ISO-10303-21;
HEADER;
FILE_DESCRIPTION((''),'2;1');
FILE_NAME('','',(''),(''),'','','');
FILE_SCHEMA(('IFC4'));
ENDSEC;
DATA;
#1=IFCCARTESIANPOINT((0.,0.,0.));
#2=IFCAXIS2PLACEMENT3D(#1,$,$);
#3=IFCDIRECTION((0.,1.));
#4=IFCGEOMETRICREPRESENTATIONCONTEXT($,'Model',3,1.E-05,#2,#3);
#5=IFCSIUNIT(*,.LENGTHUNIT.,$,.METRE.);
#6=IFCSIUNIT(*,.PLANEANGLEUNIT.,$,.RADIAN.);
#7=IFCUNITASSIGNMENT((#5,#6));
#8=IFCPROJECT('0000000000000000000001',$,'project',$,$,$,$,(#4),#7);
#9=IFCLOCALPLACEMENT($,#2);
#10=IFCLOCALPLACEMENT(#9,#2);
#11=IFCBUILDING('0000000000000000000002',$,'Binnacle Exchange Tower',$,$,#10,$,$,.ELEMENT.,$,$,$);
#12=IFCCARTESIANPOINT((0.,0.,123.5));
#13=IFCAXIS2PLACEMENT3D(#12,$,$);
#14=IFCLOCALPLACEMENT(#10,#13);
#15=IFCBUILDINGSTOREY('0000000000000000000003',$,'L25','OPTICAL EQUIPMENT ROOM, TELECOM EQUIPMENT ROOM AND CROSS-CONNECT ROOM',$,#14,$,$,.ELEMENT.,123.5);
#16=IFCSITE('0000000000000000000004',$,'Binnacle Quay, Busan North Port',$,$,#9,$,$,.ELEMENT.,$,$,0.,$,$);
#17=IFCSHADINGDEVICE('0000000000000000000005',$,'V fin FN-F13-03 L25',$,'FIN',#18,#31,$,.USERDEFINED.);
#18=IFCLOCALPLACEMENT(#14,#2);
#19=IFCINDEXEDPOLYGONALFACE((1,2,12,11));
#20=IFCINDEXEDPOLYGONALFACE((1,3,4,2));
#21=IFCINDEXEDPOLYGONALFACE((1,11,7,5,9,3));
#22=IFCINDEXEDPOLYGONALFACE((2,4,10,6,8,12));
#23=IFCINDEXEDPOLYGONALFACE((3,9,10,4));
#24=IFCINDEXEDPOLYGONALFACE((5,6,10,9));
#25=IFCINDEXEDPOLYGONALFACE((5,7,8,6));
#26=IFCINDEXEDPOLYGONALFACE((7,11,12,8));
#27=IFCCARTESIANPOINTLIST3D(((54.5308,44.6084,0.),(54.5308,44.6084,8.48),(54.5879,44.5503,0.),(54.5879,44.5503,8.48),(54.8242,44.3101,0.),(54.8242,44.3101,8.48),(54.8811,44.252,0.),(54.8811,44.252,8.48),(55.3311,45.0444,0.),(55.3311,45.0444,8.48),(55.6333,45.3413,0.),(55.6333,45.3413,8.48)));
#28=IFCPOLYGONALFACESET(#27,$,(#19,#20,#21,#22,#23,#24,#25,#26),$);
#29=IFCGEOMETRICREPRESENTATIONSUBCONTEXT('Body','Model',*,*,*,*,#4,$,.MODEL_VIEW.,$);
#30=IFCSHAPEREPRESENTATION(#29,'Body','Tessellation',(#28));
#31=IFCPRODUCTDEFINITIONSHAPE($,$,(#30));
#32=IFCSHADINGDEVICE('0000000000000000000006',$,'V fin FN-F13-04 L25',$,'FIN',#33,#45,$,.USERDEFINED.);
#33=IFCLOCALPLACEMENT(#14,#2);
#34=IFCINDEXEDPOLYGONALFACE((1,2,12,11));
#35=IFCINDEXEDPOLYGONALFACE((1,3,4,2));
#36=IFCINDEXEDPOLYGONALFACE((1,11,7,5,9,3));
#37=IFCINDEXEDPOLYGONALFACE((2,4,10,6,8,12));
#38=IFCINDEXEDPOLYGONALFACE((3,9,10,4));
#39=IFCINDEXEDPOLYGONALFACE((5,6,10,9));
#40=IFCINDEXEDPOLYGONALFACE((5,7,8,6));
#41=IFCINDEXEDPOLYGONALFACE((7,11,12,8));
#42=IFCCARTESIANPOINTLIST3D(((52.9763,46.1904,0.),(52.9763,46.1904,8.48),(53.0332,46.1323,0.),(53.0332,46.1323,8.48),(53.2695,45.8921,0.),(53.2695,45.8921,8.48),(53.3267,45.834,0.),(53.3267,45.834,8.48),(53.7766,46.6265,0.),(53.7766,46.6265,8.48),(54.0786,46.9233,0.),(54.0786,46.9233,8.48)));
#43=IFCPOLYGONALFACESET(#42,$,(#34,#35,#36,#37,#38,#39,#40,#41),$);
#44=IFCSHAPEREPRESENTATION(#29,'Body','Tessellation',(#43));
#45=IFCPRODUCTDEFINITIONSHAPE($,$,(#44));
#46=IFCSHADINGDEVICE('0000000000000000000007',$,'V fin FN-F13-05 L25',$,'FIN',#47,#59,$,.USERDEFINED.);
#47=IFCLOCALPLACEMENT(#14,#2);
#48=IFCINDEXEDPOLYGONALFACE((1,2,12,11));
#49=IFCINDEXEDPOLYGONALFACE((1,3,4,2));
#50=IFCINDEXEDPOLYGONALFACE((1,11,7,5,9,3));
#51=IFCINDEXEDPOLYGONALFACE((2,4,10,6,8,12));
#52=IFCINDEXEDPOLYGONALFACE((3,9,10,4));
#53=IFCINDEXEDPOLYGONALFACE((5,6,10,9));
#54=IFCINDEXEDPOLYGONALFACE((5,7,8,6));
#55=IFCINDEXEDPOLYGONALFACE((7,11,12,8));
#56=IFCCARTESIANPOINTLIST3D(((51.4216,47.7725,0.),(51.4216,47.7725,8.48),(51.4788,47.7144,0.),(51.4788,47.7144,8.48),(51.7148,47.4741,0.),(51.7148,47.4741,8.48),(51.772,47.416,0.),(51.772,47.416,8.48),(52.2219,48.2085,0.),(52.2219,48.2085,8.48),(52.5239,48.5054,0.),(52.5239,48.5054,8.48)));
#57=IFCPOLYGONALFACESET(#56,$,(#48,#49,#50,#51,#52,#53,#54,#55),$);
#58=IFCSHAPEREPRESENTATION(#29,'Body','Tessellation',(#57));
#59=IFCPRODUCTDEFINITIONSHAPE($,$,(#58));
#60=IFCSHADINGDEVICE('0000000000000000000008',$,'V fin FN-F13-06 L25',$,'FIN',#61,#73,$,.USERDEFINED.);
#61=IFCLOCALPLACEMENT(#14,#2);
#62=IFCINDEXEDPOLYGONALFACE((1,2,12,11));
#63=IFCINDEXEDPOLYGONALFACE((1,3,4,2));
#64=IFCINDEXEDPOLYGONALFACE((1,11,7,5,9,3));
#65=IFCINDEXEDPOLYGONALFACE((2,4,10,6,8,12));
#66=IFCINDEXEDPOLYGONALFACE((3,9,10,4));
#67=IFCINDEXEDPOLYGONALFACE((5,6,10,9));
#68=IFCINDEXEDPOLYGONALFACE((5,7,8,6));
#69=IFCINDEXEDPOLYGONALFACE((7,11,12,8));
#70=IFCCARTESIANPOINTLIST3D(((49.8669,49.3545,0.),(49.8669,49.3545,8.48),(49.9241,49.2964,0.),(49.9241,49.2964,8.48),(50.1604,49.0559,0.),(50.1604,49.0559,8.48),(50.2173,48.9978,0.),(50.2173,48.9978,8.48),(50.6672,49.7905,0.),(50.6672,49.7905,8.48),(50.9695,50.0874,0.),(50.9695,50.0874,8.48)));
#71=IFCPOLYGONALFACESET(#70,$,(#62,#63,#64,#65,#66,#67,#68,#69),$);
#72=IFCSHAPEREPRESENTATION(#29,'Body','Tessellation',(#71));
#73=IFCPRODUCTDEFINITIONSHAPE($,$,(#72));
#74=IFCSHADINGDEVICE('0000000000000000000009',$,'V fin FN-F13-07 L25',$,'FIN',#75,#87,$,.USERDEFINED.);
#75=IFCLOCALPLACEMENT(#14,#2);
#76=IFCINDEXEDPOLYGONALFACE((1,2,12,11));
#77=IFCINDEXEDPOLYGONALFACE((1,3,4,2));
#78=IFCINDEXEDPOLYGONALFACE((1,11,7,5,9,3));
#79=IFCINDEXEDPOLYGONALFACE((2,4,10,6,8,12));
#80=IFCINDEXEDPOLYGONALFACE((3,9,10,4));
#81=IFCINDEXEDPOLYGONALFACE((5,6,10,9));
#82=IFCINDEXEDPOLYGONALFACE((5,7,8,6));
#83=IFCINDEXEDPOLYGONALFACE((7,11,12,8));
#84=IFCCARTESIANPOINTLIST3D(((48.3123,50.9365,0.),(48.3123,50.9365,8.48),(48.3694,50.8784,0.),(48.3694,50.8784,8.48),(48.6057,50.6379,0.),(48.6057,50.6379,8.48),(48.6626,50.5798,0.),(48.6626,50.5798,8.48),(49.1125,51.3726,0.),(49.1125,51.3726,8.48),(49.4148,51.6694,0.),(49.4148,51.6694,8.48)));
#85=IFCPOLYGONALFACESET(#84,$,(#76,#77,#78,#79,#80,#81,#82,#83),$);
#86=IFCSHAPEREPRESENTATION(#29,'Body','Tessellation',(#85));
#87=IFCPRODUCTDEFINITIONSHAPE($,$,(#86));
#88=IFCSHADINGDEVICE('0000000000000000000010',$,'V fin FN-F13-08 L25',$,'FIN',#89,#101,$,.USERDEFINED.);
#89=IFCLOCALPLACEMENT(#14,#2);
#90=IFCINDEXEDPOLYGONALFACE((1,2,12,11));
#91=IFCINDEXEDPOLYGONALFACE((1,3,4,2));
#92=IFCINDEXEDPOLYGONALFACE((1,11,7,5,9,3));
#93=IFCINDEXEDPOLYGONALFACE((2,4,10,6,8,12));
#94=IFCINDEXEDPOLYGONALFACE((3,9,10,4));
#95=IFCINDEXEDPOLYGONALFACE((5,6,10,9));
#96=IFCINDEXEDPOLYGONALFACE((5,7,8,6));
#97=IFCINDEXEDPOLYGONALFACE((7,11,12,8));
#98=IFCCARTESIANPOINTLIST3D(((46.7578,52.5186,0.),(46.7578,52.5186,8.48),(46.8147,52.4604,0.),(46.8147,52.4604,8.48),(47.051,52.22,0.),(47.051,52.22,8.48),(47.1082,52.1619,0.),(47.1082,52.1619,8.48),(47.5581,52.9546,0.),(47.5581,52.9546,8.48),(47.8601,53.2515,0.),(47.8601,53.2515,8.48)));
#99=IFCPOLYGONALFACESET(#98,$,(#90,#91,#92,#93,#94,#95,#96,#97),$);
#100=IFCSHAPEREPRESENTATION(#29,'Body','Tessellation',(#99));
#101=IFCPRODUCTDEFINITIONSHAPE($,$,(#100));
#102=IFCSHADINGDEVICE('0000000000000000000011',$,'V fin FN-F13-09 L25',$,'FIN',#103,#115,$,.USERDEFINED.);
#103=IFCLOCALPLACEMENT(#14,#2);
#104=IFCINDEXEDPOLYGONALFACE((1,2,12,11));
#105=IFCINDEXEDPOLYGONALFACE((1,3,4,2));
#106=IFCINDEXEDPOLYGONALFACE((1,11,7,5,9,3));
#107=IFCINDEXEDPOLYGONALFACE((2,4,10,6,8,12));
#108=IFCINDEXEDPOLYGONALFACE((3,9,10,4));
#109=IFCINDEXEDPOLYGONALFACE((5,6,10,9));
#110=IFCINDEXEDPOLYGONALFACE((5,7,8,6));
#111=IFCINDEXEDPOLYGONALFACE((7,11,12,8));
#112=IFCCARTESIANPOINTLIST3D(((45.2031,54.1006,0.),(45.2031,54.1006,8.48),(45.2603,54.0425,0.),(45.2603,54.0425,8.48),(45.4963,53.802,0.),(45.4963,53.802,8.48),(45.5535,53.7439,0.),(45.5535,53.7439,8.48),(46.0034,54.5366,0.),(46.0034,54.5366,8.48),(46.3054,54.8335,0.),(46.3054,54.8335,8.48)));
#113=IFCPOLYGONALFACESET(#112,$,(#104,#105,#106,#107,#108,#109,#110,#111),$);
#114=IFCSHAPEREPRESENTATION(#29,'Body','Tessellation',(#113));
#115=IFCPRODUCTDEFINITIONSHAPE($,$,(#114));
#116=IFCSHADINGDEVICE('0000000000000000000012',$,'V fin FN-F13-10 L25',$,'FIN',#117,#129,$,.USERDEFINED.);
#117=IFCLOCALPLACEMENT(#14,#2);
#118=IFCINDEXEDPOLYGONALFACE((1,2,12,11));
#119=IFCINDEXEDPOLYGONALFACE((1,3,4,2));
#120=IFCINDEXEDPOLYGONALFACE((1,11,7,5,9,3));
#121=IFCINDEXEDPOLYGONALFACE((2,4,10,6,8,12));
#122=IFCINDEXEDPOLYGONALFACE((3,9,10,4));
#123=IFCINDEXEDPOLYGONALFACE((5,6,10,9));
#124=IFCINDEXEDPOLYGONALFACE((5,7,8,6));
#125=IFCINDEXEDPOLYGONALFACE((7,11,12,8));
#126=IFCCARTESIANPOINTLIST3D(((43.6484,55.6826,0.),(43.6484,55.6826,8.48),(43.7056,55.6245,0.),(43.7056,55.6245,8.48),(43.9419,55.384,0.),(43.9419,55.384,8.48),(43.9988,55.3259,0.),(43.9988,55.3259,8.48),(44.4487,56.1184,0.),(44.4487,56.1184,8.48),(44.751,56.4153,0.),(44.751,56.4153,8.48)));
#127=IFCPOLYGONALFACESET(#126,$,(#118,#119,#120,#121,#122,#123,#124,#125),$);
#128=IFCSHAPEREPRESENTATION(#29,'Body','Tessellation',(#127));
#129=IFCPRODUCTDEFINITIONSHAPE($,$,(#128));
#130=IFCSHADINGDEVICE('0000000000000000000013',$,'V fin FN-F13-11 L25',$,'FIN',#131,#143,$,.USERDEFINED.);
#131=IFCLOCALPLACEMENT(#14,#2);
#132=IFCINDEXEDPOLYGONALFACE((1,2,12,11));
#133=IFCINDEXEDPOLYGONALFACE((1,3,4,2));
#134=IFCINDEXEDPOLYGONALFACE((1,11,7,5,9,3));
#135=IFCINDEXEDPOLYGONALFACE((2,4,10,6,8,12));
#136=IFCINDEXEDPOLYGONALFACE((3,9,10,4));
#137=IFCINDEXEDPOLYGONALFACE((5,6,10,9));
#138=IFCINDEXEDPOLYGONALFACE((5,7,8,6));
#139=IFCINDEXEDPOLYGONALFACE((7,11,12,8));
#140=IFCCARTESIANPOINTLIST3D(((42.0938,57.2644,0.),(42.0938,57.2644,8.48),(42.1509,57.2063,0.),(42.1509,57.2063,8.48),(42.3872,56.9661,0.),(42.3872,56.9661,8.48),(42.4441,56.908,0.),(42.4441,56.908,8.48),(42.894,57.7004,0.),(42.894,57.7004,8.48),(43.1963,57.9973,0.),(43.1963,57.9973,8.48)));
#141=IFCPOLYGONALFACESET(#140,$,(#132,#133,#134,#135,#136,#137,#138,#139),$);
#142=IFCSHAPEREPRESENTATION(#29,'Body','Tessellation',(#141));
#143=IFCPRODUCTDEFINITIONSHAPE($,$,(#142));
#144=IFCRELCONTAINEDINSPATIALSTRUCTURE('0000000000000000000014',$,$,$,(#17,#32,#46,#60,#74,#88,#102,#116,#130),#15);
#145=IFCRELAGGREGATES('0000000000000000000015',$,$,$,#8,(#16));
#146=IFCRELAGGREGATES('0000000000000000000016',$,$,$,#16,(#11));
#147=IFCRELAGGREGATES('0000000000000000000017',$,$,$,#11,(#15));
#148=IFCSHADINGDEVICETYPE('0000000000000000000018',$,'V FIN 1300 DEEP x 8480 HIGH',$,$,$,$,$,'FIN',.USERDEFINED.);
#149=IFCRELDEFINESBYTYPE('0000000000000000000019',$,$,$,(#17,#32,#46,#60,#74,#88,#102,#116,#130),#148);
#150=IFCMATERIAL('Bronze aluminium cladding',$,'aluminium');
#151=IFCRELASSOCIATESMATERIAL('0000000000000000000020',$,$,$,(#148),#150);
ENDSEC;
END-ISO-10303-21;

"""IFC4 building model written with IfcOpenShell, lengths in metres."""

from ifc_helpers import new_model, si_unit, direction, frame, origin, place, context, subcontext, project, spatial, polyline, outline, extrude, material, type_object, element, save


model = new_model("IFC4")

# Units and contexts
model_context = context("Model", 3, precision=1e-05, world=origin(), true_north=direction((0.0, 1.0)))
body_context = subcontext(model_context, "Body", "Model", "MODEL_VIEW")
ifc_project = project(units=[si_unit("LENGTHUNIT", "METRE"), si_unit("PLANEANGLEUNIT", "RADIAN")], contexts=[model_context])

# Site, building, storey
site_placement = place(None, origin())
site = spatial("IfcSite", under=ifc_project, at=site_placement, Name="Binnacle Quay, Busan North Port", CompositionType="ELEMENT", RefElevation=0.0)
building_placement = place(site_placement, origin())
building = spatial("IfcBuilding", under=site, at=building_placement, Name="Binnacle Exchange Tower", CompositionType="ELEMENT")
storey_placement = place(building_placement, frame((0.0, 0.0, 123.5)))
storey = spatial("IfcBuildingStorey", under=building, at=storey_placement, Name="L25", Description="OPTICAL EQUIPMENT ROOM, TELECOM EQUIPMENT ROOM AND CROSS-CONNECT ROOM", CompositionType="ELEMENT", Elevation=123.5)

# Shading devices
ifc_material_1 = material(Name="Bronze aluminium cladding", Category="aluminium")
shading_device_type = type_object("IfcShadingDeviceType", Name="V FIN 1300 DEEP x 8480 HIGH", ElementType="FIN", PredefinedType="USERDEFINED", material=ifc_material_1)
shading_device_1_placement = place(storey_placement, origin())
element("IfcShadingDevice", 1, at=shading_device_1_placement, inside=storey, type_object=shading_device_type, Name="V fin FN-F13-03 L25", ObjectType="FIN", PredefinedType="USERDEFINED", context=body_context, shape_type="SweptSolid", body=[
    extrude(outline(polyline([(54.8811, 44.252), (55.6333, 45.3413), (54.5308, 44.6084), (54.5879, 44.5503), (55.3311, 45.0444), (54.8242, 44.3101), (54.8811, 44.252)])), origin(), (0.0, 0.0, 1.0), 8.48),
])
shading_device_2_placement = place(storey_placement, origin())
element("IfcShadingDevice", 2, at=shading_device_2_placement, inside=storey, type_object=shading_device_type, Name="V fin FN-F13-04 L25", ObjectType="FIN", PredefinedType="USERDEFINED", context=body_context, shape_type="SweptSolid", body=[
    extrude(outline(polyline([(53.3267, 45.834), (54.0786, 46.9233), (52.9763, 46.1904), (53.0332, 46.1323), (53.7766, 46.6265), (53.2695, 45.8921), (53.3267, 45.834)])), origin(), (0.0, 0.0, 1.0), 8.48),
])
shading_device_3_placement = place(storey_placement, origin())
element("IfcShadingDevice", 3, at=shading_device_3_placement, inside=storey, type_object=shading_device_type, Name="V fin FN-F13-05 L25", ObjectType="FIN", PredefinedType="USERDEFINED", context=body_context, shape_type="SweptSolid", body=[
    extrude(outline(polyline([(51.772, 47.416), (52.5239, 48.5054), (51.4216, 47.7725), (51.4788, 47.7144), (52.2219, 48.2085), (51.7148, 47.4741), (51.772, 47.416)])), origin(), (0.0, 0.0, 1.0), 8.48),
])
shading_device_4_placement = place(storey_placement, origin())
element("IfcShadingDevice", 4, at=shading_device_4_placement, inside=storey, type_object=shading_device_type, Name="V fin FN-F13-06 L25", ObjectType="FIN", PredefinedType="USERDEFINED", context=body_context, shape_type="SweptSolid", body=[
    extrude(outline(polyline([(50.2173, 48.9978), (50.9695, 50.0874), (49.8669, 49.3545), (49.9241, 49.2964), (50.6672, 49.7905), (50.1604, 49.0559), (50.2173, 48.9978)])), origin(), (0.0, 0.0, 1.0), 8.48),
])
shading_device_5_placement = place(storey_placement, origin())
element("IfcShadingDevice", 5, at=shading_device_5_placement, inside=storey, type_object=shading_device_type, Name="V fin FN-F13-07 L25", ObjectType="FIN", PredefinedType="USERDEFINED", context=body_context, shape_type="SweptSolid", body=[
    extrude(outline(polyline([(48.6626, 50.5798), (49.4148, 51.6694), (48.3123, 50.9365), (48.3694, 50.8784), (49.1125, 51.3726), (48.6057, 50.6379), (48.6626, 50.5798)])), origin(), (0.0, 0.0, 1.0), 8.48),
])
shading_device_6_placement = place(storey_placement, origin())
element("IfcShadingDevice", 6, at=shading_device_6_placement, inside=storey, type_object=shading_device_type, Name="V fin FN-F13-08 L25", ObjectType="FIN", PredefinedType="USERDEFINED", context=body_context, shape_type="SweptSolid", body=[
    extrude(outline(polyline([(47.1082, 52.1619), (47.8601, 53.2515), (46.7578, 52.5186), (46.8147, 52.4604), (47.5581, 52.9546), (47.051, 52.22), (47.1082, 52.1619)])), origin(), (0.0, 0.0, 1.0), 8.48),
])
shading_device_7_placement = place(storey_placement, origin())
element("IfcShadingDevice", 7, at=shading_device_7_placement, inside=storey, type_object=shading_device_type, Name="V fin FN-F13-09 L25", ObjectType="FIN", PredefinedType="USERDEFINED", context=body_context, shape_type="SweptSolid", body=[
    extrude(outline(polyline([(45.5535, 53.7439), (46.3054, 54.8335), (45.2031, 54.1006), (45.2603, 54.0425), (46.0034, 54.5366), (45.4963, 53.802), (45.5535, 53.7439)])), origin(), (0.0, 0.0, 1.0), 8.48),
])
shading_device_8_placement = place(storey_placement, origin())
element("IfcShadingDevice", 8, at=shading_device_8_placement, inside=storey, type_object=shading_device_type, Name="V fin FN-F13-10 L25", ObjectType="FIN", PredefinedType="USERDEFINED", context=body_context, shape_type="SweptSolid", body=[
    extrude(outline(polyline([(43.9988, 55.3259), (44.751, 56.4153), (43.6484, 55.6826), (43.7056, 55.6245), (44.4487, 56.1184), (43.9419, 55.384), (43.9988, 55.3259)])), origin(), (0.0, 0.0, 1.0), 8.48),
])
shading_device_9_placement = place(storey_placement, origin())
element("IfcShadingDevice", 9, at=shading_device_9_placement, inside=storey, type_object=shading_device_type, Name="V fin FN-F13-11 L25", ObjectType="FIN", PredefinedType="USERDEFINED", context=body_context, shape_type="SweptSolid", body=[
    extrude(outline(polyline([(42.4441, 56.908), (43.1963, 57.9973), (42.0938, 57.2644), (42.1509, 57.2063), (42.894, 57.7004), (42.3872, 56.9661), (42.4441, 56.908)])), origin(), (0.0, 0.0, 1.0), 8.48),
])

save(model, "model.ifc")
